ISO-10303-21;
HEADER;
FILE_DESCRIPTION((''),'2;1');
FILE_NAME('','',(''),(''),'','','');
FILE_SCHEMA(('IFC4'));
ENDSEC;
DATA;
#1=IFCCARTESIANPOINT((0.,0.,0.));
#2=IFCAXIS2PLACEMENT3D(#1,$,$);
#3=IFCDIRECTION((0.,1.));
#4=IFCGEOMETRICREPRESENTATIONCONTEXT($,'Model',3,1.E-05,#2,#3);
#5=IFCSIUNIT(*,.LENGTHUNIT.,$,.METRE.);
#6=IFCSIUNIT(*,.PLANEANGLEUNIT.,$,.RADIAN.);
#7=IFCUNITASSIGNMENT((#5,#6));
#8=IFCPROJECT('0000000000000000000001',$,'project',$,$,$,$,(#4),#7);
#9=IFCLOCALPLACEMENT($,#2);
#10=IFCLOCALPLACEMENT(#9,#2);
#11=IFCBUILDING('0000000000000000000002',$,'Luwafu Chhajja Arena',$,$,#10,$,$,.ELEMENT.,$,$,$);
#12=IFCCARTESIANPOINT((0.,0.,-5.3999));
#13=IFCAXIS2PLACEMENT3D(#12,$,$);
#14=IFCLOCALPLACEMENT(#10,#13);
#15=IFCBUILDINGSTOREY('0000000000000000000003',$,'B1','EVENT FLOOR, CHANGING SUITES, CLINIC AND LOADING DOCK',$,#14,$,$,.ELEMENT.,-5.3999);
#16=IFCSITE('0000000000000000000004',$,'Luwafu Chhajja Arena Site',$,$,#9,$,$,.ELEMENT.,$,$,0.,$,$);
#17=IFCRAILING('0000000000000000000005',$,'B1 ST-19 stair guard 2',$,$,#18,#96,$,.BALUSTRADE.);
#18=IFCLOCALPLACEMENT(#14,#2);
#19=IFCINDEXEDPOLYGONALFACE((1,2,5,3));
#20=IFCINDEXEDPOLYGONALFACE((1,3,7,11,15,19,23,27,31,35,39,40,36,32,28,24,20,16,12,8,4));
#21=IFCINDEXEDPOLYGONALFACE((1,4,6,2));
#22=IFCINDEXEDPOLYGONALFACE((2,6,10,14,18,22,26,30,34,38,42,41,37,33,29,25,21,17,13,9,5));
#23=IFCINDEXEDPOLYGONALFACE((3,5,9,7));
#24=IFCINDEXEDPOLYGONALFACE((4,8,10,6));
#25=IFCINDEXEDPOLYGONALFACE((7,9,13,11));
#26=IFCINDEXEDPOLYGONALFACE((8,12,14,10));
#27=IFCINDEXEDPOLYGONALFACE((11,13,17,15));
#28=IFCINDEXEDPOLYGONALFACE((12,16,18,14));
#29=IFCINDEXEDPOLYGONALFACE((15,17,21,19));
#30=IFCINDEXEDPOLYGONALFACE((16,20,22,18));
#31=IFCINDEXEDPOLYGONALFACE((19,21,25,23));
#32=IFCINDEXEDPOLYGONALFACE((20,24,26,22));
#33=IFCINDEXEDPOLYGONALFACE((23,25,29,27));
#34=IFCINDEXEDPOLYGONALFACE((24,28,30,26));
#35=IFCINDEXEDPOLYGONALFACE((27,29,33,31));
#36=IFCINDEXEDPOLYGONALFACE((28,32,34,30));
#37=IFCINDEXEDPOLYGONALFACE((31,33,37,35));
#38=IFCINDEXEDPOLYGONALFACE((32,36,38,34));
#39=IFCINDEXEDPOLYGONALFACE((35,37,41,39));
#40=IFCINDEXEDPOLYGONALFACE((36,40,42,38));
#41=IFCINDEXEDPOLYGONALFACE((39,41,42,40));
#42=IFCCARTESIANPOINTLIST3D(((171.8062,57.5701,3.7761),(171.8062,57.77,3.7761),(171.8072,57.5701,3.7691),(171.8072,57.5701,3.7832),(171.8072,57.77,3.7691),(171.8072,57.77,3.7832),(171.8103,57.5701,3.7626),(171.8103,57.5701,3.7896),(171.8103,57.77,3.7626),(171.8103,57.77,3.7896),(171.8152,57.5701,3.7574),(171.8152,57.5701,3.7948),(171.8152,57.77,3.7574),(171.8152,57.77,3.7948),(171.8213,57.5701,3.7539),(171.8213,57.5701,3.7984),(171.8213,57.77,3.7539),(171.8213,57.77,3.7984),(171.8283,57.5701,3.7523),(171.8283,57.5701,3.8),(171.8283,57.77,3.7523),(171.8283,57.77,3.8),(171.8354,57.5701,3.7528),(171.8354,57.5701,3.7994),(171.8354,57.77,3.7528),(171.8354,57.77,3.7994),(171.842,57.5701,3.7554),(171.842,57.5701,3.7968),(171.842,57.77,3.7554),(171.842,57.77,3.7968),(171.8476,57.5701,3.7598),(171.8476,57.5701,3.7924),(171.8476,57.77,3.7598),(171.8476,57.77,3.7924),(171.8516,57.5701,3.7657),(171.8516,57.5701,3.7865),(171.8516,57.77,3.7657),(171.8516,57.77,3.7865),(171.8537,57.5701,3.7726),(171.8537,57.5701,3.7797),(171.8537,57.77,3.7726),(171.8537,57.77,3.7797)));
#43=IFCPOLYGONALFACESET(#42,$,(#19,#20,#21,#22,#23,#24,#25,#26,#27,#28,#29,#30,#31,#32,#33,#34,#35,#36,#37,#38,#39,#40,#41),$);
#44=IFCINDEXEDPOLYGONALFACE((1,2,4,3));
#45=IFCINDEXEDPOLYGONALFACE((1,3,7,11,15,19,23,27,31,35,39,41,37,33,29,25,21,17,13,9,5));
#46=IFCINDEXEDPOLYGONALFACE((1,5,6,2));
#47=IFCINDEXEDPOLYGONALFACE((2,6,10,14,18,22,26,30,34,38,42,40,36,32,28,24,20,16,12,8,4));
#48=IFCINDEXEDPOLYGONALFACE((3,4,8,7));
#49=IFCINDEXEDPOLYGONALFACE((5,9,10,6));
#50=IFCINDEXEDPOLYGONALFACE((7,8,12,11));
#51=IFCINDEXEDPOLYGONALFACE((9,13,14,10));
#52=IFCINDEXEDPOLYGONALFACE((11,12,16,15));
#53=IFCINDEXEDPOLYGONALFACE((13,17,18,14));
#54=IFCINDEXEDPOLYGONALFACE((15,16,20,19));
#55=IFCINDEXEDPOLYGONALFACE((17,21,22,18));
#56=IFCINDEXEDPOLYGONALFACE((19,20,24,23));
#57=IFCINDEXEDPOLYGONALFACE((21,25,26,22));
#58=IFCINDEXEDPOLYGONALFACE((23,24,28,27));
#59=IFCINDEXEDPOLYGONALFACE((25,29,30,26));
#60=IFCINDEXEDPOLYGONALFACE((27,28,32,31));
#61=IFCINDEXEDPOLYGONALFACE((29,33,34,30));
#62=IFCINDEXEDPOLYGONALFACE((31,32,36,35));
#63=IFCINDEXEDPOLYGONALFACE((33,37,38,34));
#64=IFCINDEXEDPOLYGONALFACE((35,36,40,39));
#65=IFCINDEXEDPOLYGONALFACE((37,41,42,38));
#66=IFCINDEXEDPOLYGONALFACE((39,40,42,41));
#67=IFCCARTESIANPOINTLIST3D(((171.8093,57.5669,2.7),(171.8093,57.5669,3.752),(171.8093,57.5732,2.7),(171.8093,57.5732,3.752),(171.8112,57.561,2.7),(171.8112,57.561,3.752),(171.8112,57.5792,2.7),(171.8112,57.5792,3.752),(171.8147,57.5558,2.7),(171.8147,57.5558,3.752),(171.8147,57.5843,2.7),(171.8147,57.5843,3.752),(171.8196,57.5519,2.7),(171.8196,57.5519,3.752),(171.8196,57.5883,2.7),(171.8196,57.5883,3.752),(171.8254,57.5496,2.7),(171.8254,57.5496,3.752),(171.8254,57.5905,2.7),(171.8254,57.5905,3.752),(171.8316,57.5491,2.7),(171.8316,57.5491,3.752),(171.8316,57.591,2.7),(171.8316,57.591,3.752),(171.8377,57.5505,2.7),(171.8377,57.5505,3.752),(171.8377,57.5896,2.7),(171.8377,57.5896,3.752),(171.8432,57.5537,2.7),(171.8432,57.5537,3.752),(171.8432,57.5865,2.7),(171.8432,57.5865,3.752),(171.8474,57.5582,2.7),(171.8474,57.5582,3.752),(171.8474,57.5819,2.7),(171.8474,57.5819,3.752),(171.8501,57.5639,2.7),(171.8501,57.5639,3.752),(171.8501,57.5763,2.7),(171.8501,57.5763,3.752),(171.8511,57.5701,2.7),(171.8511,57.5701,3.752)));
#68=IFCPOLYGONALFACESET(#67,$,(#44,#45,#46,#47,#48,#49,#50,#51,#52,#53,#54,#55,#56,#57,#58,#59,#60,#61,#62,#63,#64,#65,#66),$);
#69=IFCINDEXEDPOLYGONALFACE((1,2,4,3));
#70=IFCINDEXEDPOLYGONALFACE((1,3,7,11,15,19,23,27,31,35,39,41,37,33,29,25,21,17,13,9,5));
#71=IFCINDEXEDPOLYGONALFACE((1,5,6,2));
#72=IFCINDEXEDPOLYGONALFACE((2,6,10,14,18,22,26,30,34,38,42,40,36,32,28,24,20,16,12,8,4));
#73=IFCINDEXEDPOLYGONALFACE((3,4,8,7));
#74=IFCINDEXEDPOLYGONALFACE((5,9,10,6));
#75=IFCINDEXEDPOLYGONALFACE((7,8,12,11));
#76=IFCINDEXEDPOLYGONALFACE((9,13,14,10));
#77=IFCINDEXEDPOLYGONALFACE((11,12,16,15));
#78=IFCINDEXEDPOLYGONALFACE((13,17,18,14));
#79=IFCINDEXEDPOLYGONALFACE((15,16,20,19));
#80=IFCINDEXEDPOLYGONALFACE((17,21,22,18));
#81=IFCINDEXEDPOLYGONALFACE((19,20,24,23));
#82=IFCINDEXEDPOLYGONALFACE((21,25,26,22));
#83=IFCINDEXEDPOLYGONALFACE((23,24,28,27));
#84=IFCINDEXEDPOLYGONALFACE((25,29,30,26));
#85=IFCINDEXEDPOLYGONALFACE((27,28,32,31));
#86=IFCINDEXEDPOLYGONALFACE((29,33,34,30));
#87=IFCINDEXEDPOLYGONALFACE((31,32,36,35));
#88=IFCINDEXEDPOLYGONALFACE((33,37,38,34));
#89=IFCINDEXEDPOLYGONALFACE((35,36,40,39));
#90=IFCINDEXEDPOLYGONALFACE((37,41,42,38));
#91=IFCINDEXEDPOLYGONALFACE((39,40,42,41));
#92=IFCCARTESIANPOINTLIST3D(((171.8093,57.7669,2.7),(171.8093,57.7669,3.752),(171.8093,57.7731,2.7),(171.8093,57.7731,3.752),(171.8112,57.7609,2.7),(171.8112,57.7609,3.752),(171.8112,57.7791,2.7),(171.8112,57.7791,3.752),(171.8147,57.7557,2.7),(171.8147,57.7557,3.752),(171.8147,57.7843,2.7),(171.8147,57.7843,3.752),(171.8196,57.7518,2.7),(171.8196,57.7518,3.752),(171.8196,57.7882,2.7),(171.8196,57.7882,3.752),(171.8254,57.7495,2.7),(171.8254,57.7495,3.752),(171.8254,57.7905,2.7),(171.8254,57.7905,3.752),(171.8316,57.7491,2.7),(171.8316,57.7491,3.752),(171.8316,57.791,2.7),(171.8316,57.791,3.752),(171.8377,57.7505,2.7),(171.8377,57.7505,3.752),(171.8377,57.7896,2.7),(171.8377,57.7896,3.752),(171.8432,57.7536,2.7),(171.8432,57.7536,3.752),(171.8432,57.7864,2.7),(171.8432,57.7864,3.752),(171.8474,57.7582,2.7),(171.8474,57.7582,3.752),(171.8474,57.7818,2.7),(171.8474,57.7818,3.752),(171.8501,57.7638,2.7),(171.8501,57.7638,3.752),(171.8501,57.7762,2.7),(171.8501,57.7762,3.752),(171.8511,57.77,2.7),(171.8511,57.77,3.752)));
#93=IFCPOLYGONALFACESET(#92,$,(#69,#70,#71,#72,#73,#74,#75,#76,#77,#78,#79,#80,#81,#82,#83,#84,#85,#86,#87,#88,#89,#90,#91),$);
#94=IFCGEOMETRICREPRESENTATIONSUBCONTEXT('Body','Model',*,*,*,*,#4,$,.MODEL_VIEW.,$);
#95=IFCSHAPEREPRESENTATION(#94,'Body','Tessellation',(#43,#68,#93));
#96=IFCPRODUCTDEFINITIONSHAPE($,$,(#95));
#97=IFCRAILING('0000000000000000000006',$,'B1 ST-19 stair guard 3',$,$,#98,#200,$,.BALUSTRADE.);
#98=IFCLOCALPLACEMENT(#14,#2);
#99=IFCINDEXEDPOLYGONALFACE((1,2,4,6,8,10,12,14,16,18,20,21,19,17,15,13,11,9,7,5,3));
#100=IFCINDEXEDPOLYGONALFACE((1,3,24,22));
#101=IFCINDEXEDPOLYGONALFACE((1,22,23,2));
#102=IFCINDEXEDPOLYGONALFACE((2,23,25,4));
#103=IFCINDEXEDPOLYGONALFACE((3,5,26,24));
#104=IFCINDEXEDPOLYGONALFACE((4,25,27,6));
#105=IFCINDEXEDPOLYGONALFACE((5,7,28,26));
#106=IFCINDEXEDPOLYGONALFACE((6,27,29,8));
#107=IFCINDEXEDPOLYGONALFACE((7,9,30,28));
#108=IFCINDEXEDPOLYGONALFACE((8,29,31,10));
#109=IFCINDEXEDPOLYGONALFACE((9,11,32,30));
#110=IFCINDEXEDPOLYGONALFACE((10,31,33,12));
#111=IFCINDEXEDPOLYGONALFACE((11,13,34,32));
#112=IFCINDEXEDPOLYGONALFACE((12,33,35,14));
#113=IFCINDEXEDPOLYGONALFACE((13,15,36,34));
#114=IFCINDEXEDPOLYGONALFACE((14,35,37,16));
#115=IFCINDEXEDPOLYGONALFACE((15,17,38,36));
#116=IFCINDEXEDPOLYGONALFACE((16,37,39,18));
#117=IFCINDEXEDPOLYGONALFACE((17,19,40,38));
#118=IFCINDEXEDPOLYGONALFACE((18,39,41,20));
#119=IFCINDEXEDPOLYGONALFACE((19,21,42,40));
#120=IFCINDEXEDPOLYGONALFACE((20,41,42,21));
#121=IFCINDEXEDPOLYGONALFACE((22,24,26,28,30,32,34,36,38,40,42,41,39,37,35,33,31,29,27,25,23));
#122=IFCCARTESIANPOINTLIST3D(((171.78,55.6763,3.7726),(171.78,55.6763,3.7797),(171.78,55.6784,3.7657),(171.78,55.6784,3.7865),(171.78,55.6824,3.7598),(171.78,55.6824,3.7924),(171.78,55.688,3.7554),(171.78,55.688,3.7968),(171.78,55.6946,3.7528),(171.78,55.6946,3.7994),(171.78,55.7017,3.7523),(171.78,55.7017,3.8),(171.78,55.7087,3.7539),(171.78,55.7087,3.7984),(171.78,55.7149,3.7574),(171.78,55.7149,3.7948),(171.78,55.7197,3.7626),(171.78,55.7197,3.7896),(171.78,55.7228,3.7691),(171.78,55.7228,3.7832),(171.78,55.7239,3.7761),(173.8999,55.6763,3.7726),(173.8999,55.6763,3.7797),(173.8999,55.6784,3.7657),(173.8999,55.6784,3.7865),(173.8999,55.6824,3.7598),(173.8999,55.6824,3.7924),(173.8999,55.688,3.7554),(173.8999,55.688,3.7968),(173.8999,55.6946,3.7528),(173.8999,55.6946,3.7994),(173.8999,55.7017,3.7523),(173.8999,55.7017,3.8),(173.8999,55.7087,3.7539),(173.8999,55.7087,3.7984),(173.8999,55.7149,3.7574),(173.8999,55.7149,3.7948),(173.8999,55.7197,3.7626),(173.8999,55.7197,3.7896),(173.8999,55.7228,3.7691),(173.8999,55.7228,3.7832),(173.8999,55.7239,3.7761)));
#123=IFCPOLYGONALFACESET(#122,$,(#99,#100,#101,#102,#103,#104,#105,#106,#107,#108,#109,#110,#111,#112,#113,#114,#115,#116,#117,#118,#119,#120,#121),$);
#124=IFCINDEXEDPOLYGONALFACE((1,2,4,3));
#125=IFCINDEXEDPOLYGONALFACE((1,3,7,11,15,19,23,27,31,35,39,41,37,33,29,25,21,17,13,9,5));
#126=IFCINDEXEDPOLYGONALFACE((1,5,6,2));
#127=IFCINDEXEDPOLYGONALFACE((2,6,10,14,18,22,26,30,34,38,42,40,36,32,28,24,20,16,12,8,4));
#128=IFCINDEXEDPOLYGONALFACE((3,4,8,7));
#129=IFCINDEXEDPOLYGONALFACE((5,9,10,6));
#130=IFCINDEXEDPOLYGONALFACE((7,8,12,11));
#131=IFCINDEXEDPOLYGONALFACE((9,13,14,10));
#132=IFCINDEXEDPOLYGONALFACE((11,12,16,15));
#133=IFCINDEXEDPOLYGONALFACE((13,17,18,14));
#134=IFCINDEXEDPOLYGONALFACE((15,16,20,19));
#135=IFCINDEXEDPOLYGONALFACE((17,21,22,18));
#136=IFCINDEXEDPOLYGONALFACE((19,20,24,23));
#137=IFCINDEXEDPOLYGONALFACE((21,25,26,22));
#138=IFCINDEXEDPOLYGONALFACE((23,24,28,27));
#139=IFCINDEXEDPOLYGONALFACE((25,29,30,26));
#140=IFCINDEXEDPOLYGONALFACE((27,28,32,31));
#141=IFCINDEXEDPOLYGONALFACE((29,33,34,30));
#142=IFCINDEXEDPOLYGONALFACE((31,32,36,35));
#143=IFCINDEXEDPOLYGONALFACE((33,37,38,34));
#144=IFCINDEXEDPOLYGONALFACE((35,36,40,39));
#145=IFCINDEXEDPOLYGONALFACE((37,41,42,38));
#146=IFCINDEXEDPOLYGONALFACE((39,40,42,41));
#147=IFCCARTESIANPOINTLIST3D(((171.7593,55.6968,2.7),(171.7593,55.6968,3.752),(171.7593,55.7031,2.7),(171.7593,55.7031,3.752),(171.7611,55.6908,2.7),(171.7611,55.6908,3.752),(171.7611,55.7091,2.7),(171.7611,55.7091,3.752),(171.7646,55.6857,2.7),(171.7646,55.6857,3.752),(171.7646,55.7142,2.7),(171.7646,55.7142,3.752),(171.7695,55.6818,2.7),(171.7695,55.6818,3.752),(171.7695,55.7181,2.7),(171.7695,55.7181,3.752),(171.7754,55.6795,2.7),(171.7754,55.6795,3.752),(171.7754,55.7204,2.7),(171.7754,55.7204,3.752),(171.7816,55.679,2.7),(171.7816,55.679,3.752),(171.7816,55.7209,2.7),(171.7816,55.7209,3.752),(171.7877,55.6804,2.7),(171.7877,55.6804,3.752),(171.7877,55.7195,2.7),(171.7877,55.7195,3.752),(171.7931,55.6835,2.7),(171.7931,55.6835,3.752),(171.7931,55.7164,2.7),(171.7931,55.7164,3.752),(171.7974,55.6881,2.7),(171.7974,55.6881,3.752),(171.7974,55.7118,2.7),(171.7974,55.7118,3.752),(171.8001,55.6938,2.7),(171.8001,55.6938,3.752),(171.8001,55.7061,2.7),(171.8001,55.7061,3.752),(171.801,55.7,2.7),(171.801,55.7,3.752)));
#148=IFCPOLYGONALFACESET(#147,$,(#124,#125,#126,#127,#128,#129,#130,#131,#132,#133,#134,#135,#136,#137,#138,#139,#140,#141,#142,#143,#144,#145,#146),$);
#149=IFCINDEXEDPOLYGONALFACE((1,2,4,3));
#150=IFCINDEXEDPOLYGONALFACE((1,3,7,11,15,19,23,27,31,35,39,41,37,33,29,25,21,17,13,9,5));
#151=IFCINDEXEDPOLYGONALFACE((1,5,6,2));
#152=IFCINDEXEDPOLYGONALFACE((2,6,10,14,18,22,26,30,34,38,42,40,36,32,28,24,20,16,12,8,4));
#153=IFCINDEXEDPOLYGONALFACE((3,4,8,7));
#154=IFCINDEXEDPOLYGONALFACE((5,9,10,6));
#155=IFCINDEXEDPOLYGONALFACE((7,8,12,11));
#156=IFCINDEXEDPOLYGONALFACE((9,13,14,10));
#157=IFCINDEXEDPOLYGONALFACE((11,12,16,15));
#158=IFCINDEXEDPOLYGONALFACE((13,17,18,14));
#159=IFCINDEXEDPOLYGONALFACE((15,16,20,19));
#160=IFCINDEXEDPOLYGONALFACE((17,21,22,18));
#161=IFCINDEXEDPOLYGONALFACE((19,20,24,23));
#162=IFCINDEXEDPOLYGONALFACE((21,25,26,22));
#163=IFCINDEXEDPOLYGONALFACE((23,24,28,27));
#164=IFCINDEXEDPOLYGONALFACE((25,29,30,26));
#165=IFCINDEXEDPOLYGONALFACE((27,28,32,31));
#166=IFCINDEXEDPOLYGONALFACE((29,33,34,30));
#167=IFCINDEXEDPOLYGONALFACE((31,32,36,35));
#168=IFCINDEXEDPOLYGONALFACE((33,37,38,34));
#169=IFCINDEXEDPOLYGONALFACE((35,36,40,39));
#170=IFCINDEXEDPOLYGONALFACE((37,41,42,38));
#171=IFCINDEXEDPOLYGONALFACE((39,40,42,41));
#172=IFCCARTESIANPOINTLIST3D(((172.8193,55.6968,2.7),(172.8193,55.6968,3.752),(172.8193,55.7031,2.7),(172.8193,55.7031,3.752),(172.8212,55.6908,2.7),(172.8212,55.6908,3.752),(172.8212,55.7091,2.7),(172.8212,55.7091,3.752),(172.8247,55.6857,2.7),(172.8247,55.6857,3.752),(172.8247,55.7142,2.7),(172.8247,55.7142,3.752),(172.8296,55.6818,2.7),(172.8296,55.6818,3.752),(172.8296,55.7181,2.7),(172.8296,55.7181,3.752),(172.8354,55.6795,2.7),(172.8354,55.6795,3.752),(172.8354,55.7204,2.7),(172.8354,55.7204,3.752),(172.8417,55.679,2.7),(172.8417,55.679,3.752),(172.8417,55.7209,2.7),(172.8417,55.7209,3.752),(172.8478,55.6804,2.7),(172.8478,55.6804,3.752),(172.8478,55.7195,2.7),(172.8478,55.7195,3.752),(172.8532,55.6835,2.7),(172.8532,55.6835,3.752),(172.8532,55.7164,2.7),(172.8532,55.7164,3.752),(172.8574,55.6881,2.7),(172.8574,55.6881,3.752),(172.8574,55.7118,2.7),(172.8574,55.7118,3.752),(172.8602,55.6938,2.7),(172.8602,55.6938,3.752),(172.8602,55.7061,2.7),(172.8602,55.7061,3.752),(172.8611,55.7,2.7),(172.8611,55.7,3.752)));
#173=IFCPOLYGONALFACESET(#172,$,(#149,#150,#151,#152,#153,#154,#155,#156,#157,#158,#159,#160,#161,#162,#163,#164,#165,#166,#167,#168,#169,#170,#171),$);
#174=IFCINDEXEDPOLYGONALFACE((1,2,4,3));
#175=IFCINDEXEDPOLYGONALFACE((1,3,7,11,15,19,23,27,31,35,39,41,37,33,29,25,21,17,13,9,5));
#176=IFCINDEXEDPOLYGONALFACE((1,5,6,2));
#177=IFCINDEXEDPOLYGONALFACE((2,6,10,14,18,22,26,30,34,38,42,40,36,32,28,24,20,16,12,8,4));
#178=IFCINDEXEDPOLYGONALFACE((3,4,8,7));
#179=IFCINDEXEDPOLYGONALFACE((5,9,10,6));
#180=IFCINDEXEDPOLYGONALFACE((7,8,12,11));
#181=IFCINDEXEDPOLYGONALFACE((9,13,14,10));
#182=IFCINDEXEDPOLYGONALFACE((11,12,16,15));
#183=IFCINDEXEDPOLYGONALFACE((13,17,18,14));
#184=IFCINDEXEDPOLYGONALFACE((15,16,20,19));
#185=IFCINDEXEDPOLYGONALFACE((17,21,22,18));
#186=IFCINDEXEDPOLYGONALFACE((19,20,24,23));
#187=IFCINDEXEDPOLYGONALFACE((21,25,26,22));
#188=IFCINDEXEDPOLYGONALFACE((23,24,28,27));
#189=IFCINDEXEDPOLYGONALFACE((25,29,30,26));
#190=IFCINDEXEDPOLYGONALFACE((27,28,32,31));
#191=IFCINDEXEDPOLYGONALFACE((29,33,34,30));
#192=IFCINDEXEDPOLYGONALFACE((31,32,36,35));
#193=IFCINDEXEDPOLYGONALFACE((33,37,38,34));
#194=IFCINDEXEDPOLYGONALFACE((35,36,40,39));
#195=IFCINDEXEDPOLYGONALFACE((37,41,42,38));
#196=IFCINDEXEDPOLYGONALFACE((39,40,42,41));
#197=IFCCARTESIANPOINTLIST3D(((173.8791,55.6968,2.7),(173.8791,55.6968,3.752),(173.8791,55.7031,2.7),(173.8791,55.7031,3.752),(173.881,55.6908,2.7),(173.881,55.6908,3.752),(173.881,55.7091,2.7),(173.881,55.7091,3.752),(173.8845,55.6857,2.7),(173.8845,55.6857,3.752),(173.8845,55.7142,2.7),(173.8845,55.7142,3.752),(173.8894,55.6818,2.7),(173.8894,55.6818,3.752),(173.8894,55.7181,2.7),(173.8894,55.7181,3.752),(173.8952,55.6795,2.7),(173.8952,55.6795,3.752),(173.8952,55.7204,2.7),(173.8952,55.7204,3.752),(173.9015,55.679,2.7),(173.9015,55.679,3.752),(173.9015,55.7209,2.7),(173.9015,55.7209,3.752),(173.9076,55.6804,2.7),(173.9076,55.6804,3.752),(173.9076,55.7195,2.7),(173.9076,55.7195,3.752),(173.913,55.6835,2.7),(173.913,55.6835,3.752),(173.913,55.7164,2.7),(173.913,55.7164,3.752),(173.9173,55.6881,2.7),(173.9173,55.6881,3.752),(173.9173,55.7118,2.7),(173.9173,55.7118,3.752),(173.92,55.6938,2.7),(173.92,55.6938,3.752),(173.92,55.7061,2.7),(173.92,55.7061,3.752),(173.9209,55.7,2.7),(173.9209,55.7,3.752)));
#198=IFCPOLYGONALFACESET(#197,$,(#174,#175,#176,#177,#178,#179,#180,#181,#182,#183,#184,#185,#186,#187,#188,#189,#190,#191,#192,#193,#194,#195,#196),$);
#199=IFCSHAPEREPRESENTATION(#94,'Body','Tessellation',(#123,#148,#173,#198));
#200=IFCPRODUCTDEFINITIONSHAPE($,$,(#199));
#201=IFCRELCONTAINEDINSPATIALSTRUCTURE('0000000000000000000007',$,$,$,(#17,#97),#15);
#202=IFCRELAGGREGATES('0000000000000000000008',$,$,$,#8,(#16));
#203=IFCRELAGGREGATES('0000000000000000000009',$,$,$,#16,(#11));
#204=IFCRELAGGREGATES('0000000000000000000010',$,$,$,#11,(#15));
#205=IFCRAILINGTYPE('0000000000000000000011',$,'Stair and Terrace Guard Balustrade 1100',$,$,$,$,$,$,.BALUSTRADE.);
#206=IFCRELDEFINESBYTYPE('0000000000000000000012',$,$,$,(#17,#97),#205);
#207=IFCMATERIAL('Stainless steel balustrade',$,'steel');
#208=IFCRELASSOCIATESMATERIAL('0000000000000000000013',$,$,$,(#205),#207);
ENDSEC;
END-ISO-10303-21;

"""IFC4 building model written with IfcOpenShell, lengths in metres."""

from ifc_helpers import new_model, si_unit, direction, frame, origin, origin_2d, place, context, subcontext, project, spatial, circle, extrude, material, type_object, element, save


model = new_model("IFC4")

# Units and contexts
model_context = context("Model", 3, precision=1e-05, world=origin(), true_north=direction((0.0, 1.0)))
body_context = subcontext(model_context, "Body", "Model", "MODEL_VIEW")
ifc_project = project(units=[si_unit("LENGTHUNIT", "METRE"), si_unit("PLANEANGLEUNIT", "RADIAN")], contexts=[model_context])

# Site, building, storey
site_placement = place(None, origin())
site = spatial("IfcSite", under=ifc_project, at=site_placement, Name="Luwafu Chhajja Arena Site", CompositionType="ELEMENT", RefElevation=0.0)
building_placement = place(site_placement, origin())
building = spatial("IfcBuilding", under=site, at=building_placement, Name="Luwafu Chhajja Arena", CompositionType="ELEMENT")
storey_placement = place(building_placement, frame((0.0, 0.0, -5.3999)))
storey = spatial("IfcBuildingStorey", under=building, at=storey_placement, Name="B1", Description="EVENT FLOOR, CHANGING SUITES, CLINIC AND LOADING DOCK", CompositionType="ELEMENT", Elevation=-5.3999)

# Railings
ifc_material_1 = material(Name="Stainless steel balustrade", Category="steel")
railing_type_1 = type_object("IfcRailingType", Name="Stair and Terrace Guard Balustrade 1100", PredefinedType="BALUSTRADE", material=ifc_material_1)
railing_1_placement = place(storey_placement, frame((171.8301, 57.5701, 2.7)))
element("IfcRailing", 1, at=railing_1_placement, inside=storey, type_object=railing_type_1, Name="B1 ST-19 stair guard 2", PredefinedType="BALUSTRADE", context=body_context, shape_type="SweptSolid", body=[
    extrude(circle(Radius=0.0239, at=origin_2d()), frame((0.0, 0.0, 1.0762), z_axis=(0.0, 1.0, 0.0), x_axis=(-1.0, 0.0, 0.0)), (0.0, 0.0, 1.0), 0.2),
    extrude(circle(Radius=0.021, at=origin_2d()), origin(), (0.0, 0.0, 1.0), 1.052),
    extrude(circle(Radius=0.021, at=origin_2d()), frame((0.0, 0.2, 0.0)), (0.0, 0.0, 1.0), 1.052),
])
for number, where, name in (
    (2, (171.78, 55.7, 2.7), "B1 ST-19 stair guard 3"),
):
    element("IfcRailing", number, at=place(storey_placement, frame(where)), inside=storey, type_object=railing_type_1, Name=name, PredefinedType="BALUSTRADE", context=body_context, shape_type="SweptSolid", body=[
        extrude(circle(Radius=0.0239, at=origin_2d()), frame((0.0, 0.0, 1.0762), z_axis=(1.0, 0.0, 0.0), x_axis=(0.0, 1.0, 0.0)), (0.0, 0.0, 1.0), 2.1199),
        extrude(circle(Radius=0.021, at=origin_2d()), origin(), (0.0, 0.0, 1.0), 1.052),
        extrude(circle(Radius=0.021, at=origin_2d()), frame((1.0601, 0.0, 0.0)), (0.0, 0.0, 1.0), 1.052),
        extrude(circle(Radius=0.021, at=origin_2d()), frame((2.1199, 0.0, 0.0)), (0.0, 0.0, 1.0), 1.052),
    ])

save(model, "model.ifc")
